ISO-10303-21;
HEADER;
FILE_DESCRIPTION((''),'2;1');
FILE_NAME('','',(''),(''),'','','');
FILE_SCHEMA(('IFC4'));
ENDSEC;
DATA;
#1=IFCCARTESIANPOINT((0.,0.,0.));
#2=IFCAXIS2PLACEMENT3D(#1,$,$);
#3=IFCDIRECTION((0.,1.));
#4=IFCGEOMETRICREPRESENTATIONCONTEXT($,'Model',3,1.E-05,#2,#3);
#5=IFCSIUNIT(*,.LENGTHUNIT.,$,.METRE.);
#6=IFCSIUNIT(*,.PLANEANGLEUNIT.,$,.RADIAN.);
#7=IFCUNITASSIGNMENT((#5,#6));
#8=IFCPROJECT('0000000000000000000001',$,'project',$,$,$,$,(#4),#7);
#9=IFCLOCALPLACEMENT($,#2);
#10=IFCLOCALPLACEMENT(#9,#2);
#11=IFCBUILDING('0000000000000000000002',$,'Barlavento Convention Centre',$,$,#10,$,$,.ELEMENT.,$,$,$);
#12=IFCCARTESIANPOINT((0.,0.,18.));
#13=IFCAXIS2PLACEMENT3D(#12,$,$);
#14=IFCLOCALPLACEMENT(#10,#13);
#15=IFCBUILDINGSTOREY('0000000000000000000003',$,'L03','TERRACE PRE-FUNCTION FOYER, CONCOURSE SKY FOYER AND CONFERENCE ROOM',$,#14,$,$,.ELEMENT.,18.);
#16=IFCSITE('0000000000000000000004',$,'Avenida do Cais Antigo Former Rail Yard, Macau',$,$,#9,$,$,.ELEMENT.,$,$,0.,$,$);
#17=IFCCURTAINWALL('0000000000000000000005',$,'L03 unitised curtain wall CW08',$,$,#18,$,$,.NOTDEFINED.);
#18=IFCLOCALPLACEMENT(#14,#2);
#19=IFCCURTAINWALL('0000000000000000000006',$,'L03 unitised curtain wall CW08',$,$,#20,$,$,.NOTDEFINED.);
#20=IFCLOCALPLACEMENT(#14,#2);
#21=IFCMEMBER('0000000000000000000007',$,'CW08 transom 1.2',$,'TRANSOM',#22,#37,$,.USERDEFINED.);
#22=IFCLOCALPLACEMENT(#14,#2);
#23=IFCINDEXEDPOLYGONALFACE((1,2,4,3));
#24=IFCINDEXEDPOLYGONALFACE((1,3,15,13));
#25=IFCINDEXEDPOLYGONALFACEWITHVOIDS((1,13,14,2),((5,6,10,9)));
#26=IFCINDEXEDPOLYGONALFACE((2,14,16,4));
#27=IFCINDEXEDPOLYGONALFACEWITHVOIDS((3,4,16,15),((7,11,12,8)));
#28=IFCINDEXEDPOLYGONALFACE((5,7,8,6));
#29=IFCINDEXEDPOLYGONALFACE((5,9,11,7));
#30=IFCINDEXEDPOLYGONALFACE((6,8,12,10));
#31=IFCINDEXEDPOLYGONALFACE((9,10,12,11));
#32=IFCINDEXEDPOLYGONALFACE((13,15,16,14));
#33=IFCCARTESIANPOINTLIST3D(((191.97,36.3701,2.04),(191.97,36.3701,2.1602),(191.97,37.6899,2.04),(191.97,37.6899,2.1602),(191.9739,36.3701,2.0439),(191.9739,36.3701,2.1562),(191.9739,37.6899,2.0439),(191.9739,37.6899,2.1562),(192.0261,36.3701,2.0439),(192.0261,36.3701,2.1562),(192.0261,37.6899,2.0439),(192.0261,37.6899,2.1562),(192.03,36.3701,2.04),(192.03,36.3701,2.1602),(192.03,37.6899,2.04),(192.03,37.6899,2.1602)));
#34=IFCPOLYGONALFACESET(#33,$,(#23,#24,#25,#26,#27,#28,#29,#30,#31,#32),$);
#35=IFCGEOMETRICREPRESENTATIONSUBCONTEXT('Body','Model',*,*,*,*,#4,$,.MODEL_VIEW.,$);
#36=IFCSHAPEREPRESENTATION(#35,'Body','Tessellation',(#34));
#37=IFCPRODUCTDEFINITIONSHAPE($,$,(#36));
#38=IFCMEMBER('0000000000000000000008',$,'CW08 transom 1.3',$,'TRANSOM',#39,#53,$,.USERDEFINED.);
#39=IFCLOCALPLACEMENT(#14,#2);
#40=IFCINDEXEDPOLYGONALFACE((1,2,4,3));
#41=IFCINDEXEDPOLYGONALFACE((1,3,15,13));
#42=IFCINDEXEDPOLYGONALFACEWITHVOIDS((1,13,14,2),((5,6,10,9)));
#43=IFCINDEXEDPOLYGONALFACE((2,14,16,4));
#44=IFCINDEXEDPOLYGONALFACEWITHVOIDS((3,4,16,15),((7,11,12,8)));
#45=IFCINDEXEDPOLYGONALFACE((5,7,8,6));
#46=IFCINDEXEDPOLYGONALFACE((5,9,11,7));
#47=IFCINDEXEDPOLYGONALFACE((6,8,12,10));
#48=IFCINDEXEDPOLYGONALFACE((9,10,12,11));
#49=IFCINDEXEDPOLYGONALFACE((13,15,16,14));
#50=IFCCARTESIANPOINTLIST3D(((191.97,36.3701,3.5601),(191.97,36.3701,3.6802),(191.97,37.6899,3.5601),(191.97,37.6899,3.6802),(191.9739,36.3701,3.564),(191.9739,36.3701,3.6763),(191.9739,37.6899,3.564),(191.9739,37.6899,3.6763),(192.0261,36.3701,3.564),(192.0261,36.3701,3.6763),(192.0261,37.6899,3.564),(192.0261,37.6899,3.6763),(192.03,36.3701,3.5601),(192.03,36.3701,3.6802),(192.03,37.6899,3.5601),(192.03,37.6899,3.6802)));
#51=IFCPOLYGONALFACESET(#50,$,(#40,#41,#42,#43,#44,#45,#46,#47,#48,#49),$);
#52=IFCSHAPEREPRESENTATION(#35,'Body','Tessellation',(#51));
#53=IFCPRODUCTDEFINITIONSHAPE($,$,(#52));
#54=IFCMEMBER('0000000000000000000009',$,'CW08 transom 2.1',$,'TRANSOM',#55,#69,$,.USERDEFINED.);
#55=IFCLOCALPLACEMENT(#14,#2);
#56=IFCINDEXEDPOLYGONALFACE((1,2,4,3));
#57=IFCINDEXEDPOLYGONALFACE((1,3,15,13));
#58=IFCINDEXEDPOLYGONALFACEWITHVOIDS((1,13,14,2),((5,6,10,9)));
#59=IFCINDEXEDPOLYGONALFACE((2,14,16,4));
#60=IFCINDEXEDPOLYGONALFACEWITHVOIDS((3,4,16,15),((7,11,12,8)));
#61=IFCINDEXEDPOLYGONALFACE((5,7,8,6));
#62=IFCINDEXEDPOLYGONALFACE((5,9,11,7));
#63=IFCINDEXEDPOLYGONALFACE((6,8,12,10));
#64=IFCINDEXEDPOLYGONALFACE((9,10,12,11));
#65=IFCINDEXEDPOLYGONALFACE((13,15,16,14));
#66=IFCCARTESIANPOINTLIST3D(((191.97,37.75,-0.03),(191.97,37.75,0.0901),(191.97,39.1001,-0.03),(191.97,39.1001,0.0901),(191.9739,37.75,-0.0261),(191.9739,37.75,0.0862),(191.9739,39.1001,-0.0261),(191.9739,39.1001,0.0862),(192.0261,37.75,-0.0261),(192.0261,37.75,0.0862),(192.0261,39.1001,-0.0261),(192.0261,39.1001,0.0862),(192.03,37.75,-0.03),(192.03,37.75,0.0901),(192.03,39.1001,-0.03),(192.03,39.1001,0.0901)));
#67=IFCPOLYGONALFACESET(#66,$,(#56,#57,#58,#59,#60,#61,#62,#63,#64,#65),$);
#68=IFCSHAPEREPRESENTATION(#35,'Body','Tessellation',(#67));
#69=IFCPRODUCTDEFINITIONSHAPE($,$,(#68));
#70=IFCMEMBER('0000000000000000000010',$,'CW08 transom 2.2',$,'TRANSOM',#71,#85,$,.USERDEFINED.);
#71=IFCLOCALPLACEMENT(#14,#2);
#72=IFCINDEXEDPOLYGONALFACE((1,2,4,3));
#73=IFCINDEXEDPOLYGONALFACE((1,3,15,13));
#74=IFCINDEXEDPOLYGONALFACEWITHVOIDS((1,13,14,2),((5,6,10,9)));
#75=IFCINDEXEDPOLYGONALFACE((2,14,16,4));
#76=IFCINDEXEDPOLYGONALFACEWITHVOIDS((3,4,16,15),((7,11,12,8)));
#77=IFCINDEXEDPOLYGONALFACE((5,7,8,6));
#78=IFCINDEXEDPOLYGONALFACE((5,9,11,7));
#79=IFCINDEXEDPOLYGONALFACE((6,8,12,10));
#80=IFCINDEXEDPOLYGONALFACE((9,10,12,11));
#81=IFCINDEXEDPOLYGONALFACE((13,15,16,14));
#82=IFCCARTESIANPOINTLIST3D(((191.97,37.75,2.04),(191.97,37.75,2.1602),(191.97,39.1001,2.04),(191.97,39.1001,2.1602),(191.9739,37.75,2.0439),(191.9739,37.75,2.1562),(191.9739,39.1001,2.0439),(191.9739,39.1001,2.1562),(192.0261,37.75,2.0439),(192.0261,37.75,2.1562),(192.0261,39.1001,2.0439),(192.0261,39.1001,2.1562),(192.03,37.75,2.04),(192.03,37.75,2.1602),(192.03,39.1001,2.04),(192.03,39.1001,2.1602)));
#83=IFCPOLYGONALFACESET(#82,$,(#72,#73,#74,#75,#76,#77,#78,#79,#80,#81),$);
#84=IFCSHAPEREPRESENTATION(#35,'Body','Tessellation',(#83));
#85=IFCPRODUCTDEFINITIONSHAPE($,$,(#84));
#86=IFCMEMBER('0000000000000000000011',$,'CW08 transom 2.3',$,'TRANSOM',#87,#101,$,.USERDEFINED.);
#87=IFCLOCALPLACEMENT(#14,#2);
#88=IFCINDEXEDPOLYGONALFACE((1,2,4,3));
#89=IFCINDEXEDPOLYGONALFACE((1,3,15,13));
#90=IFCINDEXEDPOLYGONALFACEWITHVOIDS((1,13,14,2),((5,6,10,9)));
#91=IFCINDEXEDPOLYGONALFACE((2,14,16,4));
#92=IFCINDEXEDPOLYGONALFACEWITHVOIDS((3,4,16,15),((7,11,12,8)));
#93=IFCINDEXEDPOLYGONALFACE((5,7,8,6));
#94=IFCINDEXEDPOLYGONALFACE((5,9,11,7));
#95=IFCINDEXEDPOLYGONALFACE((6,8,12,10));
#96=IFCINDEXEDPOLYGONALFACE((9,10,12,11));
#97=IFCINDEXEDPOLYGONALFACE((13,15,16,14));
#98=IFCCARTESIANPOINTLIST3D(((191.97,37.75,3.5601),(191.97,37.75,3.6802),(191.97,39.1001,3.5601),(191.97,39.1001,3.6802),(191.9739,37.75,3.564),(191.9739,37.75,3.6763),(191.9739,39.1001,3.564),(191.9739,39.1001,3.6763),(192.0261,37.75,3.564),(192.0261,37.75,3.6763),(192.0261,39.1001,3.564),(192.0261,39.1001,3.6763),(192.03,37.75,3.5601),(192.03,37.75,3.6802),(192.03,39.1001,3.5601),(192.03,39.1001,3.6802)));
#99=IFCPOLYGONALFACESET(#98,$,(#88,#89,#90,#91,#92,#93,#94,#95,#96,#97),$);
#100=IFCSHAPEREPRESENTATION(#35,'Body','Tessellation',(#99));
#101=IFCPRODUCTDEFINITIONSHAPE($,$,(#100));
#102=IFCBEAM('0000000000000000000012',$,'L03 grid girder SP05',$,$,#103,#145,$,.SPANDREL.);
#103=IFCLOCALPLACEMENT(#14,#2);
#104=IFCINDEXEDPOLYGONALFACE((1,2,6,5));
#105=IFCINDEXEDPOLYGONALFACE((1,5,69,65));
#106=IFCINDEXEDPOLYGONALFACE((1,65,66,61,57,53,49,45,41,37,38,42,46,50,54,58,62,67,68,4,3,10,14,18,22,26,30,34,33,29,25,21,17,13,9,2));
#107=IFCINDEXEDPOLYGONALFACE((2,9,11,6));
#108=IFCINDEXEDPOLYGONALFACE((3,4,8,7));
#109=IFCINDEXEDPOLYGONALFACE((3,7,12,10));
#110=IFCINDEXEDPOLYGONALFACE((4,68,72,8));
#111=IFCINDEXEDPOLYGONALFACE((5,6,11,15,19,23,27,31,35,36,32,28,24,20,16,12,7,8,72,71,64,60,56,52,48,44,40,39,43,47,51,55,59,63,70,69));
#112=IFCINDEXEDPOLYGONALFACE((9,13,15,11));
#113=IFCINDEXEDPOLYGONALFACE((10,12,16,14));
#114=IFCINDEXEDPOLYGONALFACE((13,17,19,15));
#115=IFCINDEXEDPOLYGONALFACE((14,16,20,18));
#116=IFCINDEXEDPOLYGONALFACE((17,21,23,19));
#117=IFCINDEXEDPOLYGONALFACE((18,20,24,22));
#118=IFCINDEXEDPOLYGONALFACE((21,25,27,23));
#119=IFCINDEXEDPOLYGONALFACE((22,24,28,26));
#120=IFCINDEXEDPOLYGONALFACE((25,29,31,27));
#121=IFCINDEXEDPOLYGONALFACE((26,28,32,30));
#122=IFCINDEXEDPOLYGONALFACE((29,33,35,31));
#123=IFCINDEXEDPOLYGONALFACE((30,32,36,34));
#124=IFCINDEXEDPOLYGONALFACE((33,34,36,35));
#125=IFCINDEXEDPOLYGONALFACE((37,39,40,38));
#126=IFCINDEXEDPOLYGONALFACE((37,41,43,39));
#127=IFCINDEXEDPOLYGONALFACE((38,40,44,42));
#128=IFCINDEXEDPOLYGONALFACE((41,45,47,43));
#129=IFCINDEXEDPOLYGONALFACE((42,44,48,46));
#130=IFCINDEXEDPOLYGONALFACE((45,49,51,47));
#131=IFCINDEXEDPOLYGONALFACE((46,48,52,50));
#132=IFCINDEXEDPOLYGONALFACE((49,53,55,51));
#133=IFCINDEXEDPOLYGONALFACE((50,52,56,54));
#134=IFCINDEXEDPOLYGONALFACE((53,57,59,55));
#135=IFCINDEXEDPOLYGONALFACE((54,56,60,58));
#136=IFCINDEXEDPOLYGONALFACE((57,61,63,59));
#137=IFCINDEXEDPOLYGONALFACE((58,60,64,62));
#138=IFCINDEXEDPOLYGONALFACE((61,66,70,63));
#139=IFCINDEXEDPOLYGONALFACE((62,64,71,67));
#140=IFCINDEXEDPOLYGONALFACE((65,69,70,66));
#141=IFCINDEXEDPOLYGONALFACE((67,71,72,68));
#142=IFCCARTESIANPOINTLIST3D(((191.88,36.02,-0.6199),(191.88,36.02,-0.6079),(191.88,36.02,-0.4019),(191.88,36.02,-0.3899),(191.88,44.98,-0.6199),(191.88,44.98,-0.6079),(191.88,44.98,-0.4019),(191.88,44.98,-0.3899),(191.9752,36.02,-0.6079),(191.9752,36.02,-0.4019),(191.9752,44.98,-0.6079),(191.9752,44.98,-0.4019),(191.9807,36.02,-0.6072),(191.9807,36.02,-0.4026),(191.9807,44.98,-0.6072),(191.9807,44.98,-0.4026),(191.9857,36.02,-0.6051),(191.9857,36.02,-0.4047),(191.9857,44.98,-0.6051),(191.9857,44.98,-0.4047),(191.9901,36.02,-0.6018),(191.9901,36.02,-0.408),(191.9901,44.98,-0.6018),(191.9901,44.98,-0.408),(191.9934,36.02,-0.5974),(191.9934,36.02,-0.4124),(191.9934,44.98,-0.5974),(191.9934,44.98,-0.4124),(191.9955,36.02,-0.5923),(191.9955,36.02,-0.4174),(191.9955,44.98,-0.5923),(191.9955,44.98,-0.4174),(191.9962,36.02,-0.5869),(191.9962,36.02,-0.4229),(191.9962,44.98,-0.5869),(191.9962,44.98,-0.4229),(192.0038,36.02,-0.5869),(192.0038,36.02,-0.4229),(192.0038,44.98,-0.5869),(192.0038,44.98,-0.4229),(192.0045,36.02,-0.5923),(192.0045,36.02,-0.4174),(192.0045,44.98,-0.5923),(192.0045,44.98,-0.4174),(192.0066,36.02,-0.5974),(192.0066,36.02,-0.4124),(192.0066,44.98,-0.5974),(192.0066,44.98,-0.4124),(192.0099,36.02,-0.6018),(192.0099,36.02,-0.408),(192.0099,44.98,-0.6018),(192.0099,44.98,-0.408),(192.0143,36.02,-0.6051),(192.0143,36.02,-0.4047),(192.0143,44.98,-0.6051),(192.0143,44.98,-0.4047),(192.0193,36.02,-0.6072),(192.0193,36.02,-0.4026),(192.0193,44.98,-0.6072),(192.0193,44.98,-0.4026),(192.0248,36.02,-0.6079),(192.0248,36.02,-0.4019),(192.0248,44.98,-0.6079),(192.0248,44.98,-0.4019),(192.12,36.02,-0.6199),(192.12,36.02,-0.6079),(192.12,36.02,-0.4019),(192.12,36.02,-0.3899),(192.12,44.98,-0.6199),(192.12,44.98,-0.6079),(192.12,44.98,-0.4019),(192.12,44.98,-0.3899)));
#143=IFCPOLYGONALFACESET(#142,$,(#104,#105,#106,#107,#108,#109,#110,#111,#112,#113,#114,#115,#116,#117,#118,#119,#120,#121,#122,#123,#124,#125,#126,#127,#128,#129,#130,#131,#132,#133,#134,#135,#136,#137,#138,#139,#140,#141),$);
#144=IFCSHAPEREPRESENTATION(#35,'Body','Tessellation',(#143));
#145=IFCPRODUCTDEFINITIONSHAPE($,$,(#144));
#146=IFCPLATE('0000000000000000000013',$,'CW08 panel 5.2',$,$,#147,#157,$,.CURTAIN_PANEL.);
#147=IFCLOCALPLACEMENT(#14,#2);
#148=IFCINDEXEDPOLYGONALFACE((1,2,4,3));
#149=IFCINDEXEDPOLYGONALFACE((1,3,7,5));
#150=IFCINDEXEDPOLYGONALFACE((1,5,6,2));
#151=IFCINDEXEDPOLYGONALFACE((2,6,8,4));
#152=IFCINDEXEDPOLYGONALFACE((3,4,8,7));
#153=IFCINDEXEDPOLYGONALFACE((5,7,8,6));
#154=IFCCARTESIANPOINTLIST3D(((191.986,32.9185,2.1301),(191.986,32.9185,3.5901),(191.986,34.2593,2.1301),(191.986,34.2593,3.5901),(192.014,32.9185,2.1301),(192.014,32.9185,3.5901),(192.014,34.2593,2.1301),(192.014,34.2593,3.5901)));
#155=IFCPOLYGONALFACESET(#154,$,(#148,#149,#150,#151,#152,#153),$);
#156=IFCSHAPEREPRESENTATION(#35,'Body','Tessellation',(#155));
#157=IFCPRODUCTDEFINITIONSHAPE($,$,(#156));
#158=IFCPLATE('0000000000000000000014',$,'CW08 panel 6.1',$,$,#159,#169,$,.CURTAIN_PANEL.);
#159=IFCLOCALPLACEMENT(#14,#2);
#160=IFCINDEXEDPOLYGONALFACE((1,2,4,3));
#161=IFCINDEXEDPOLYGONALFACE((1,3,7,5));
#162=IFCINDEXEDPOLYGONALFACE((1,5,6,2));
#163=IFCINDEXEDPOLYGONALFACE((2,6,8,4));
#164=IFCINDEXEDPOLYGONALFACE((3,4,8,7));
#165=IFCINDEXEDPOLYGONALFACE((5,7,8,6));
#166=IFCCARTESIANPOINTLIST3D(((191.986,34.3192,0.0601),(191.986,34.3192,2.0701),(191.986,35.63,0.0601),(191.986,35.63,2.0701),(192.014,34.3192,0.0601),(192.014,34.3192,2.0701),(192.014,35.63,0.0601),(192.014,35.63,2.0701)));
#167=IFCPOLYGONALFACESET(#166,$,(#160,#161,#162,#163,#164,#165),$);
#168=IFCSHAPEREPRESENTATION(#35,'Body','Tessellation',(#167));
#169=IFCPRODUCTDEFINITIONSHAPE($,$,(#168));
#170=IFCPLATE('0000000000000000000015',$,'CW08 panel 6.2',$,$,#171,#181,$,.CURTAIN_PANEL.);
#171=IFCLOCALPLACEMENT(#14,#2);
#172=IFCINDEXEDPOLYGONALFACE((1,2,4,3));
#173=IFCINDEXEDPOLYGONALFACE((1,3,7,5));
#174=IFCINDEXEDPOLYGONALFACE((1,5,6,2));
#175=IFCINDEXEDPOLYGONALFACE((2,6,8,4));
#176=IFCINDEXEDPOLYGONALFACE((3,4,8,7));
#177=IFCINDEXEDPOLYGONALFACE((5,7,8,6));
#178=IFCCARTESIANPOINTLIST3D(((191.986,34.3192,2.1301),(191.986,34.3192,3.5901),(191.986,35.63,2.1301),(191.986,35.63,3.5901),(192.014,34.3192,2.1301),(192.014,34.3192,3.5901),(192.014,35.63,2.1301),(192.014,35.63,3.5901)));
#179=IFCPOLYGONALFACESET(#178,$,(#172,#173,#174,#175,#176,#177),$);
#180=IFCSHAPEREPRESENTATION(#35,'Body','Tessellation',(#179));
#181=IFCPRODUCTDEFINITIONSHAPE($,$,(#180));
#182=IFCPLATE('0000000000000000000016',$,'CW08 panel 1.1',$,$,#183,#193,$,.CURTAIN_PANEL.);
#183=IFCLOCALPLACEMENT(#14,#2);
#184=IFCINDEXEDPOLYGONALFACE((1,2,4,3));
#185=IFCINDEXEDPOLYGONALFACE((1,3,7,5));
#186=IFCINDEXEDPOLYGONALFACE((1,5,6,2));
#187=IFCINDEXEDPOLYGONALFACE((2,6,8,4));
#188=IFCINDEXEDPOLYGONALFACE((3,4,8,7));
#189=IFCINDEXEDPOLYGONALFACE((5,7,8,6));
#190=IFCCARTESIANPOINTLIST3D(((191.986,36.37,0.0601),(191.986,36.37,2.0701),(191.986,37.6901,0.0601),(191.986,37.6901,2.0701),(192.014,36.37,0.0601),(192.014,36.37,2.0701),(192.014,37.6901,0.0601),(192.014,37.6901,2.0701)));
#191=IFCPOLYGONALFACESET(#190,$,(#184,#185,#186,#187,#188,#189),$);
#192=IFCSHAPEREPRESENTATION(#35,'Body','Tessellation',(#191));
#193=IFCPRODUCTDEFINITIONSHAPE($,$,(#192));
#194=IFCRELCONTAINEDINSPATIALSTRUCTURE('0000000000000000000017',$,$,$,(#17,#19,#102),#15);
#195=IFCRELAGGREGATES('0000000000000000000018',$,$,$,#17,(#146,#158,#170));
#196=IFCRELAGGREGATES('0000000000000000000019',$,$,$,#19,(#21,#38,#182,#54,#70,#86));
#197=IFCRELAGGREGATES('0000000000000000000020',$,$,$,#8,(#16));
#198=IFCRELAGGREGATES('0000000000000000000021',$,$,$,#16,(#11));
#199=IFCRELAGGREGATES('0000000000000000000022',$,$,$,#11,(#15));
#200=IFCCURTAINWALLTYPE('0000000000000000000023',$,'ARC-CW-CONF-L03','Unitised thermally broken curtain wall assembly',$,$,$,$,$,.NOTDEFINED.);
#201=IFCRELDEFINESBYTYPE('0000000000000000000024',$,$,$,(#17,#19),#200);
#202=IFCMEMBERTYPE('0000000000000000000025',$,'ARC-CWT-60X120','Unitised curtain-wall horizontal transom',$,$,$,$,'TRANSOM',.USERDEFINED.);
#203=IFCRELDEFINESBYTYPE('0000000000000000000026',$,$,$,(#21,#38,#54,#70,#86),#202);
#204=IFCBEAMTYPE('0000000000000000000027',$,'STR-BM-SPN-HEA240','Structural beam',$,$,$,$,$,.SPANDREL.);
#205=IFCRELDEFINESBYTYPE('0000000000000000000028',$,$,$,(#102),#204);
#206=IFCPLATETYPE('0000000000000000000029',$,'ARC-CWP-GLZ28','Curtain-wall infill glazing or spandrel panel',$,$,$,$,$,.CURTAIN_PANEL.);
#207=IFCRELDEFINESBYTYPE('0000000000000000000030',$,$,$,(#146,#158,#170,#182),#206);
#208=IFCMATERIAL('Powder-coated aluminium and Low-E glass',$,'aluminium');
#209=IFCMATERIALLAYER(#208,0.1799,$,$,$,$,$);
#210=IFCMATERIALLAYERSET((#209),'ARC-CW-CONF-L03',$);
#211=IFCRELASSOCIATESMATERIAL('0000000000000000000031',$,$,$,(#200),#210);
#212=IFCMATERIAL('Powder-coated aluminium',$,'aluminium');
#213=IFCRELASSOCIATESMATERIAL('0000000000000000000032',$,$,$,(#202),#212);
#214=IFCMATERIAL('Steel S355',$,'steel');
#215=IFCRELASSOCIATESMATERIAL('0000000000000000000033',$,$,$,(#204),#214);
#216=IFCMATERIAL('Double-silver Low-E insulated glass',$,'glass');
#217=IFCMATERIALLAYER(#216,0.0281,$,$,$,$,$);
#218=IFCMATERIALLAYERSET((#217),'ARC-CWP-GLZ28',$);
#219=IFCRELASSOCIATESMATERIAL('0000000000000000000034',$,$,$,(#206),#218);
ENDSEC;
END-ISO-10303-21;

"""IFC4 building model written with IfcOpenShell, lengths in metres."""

from ifc_helpers import new_model, si_unit, direction, frame, origin, origin_2d, place, context, subcontext, project, spatial, rectangle, hollow_rectangle, i_section, extrude, material, layer, layer_set, material_profile, profile_set, type_object, element, aggregate, save


model = new_model("IFC4")

# Units and contexts
model_context = context("Model", 3, precision=1e-05, world=origin(), true_north=direction((0.0, 1.0)))
body_context = subcontext(model_context, "Body", "Model", "MODEL_VIEW")
ifc_project = project(units=[si_unit("LENGTHUNIT", "METRE"), si_unit("PLANEANGLEUNIT", "RADIAN")], contexts=[model_context])

# Site, building, storey
site_placement = place(None, origin())
site = spatial("IfcSite", under=ifc_project, at=site_placement, Name="Avenida do Cais Antigo Former Rail Yard, Macau", CompositionType="ELEMENT", RefElevation=0.0)
building_placement = place(site_placement, origin())
building = spatial("IfcBuilding", under=site, at=building_placement, Name="Barlavento Convention Centre", CompositionType="ELEMENT")
storey_placement = place(building_placement, frame((0.0, 0.0, 18.0)))
storey = spatial("IfcBuildingStorey", under=building, at=storey_placement, Name="L03", Description="TERRACE PRE-FUNCTION FOYER, CONCOURSE SKY FOYER AND CONFERENCE ROOM", CompositionType="ELEMENT", Elevation=18.0)

# Shared definitions
ifc_material_1 = material(Name="Steel S355", Category="steel")

# Curtain walls
ifc_material_2 = material(Name="Powder-coated aluminium and Low-E glass", Category="aluminium")
ifc_layer_1 = layer(ifc_material_2, 0.1799)
ifc_layer_set_1 = layer_set([ifc_layer_1], Name="ARC-CW-CONF-L03")
curtain_wall_type = type_object("IfcCurtainWallType", Name="ARC-CW-CONF-L03", Description="Unitised thermally broken curtain wall assembly", PredefinedType="NOTDEFINED", material=ifc_layer_set_1)
curtain_wall_1_placement = place(storey_placement, origin())
curtain_wall_1 = element("IfcCurtainWall", 1, at=curtain_wall_1_placement, inside=storey, type_object=curtain_wall_type, Name="L03 unitised curtain wall CW08", PredefinedType="NOTDEFINED")
ifc_material_3 = material(Name="Powder-coated aluminium", Category="aluminium")
curtain_wall_2_placement = place(storey_placement, origin())
curtain_wall_2 = element("IfcCurtainWall", 2, at=curtain_wall_2_placement, inside=storey, type_object=curtain_wall_type, Name="L03 unitised curtain wall CW08", PredefinedType="NOTDEFINED")

# Members
ifc_material_profile_1 = material_profile(ifc_material_3, hollow_rectangle(XDim=0.0601, YDim=0.1201, WallThickness=0.0039, at=origin_2d()), Name="AL-TRAN 60x120x4")
ifc_profile_set_1 = profile_set([ifc_material_profile_1], Name="Powder-coated aluminium")
member_type_1 = type_object("IfcMemberType", Name="ARC-CWT-60X120", Description="Unitised curtain-wall horizontal transom", ElementType="TRANSOM", PredefinedType="USERDEFINED", material=ifc_profile_set_1)
member_1_placement = place(storey_placement, frame((192.0, 36.3701, 2.1001), z_axis=(0.0, 1.0, 0.0), x_axis=(-1.0, 0.0, 0.0)))
member_1 = element("IfcMember", 3, at=member_1_placement, type_object=member_type_1, Name="CW08 transom 1.2", ObjectType="TRANSOM", PredefinedType="USERDEFINED", context=body_context, shape_type="SweptSolid", body=[
    extrude(hollow_rectangle(XDim=0.0601, YDim=0.1201, WallThickness=0.0039, at=origin_2d()), origin(), (0.0, 0.0, 1.0), 1.3198),
])
member_2_placement = place(storey_placement, frame((192.0, 36.3701, 3.6201), z_axis=(0.0, 1.0, 0.0), x_axis=(-1.0, 0.0, 0.0)))
member_2 = element("IfcMember", 4, at=member_2_placement, type_object=member_type_1, Name="CW08 transom 1.3", ObjectType="TRANSOM", PredefinedType="USERDEFINED", context=body_context, shape_type="SweptSolid", body=[
    extrude(hollow_rectangle(XDim=0.0601, YDim=0.1201, WallThickness=0.0039, at=origin_2d()), origin(), (0.0, 0.0, 1.0), 1.3198),
])
member_3_placement = place(storey_placement, frame((192.0, 37.75, 0.03), z_axis=(0.0, 1.0, 0.0), x_axis=(-1.0, 0.0, 0.0)))
member_3 = element("IfcMember", 5, at=member_3_placement, type_object=member_type_1, Name="CW08 transom 2.1", ObjectType="TRANSOM", PredefinedType="USERDEFINED", context=body_context, shape_type="SweptSolid", body=[
    extrude(hollow_rectangle(XDim=0.0601, YDim=0.1201, WallThickness=0.0039, at=origin_2d()), origin(), (0.0, 0.0, 1.0), 1.3501),
])
member_4_placement = place(storey_placement, frame((192.0, 37.75, 2.1001), z_axis=(0.0, 1.0, 0.0), x_axis=(-1.0, 0.0, 0.0)))
member_4 = element("IfcMember", 6, at=member_4_placement, type_object=member_type_1, Name="CW08 transom 2.2", ObjectType="TRANSOM", PredefinedType="USERDEFINED", context=body_context, shape_type="SweptSolid", body=[
    extrude(hollow_rectangle(XDim=0.0601, YDim=0.1201, WallThickness=0.0039, at=origin_2d()), origin(), (0.0, 0.0, 1.0), 1.3501),
])
member_5_placement = place(storey_placement, frame((192.0, 37.75, 3.6201), z_axis=(0.0, 1.0, 0.0), x_axis=(-1.0, 0.0, 0.0)))
member_5 = element("IfcMember", 7, at=member_5_placement, type_object=member_type_1, Name="CW08 transom 2.3", ObjectType="TRANSOM", PredefinedType="USERDEFINED", context=body_context, shape_type="SweptSolid", body=[
    extrude(hollow_rectangle(XDim=0.0601, YDim=0.1201, WallThickness=0.0039, at=origin_2d()), origin(), (0.0, 0.0, 1.0), 1.3501),
])

# Beam
ifc_material_profile_2 = material_profile(ifc_material_1, i_section(OverallWidth=0.24, OverallDepth=0.23, WebThickness=0.0076, FlangeThickness=0.012, FilletRadius=0.021, at=origin_2d()), Name="HEA 240")
ifc_profile_set_2 = profile_set([ifc_material_profile_2], Name="Steel S355")
beam_type = type_object("IfcBeamType", Name="STR-BM-SPN-HEA240", Description="Structural beam", PredefinedType="SPANDREL", material=ifc_profile_set_2)
beam_placement = place(storey_placement, frame((192.0, 36.02, -0.5049), z_axis=(0.0, 1.0, 0.0), x_axis=(-1.0, 0.0, 0.0)))
element("IfcBeam", 8, at=beam_placement, inside=storey, type_object=beam_type, Name="L03 grid girder SP05", PredefinedType="SPANDREL", context=body_context, shape_type="SweptSolid", body=[
    extrude(i_section(OverallWidth=0.24, OverallDepth=0.23, WebThickness=0.0076, FlangeThickness=0.012, FilletRadius=0.021, at=origin_2d()), origin(), (0.0, 0.0, 1.0), 8.96),
])

# Plates
ifc_material_4 = material(Name="Double-silver Low-E insulated glass", Category="glass")
ifc_layer_2 = layer(ifc_material_4, 0.0281)
ifc_layer_set_2 = layer_set([ifc_layer_2], Name="ARC-CWP-GLZ28")
plate_type = type_object("IfcPlateType", Name="ARC-CWP-GLZ28", Description="Curtain-wall infill glazing or spandrel panel", PredefinedType="CURTAIN_PANEL", material=ifc_layer_set_2)
plate_1_placement = place(storey_placement, frame((192.0, 33.5889, 2.1301), z_axis=(0.0, 0.0, 1.0), x_axis=(0.0, 1.0, 0.0)))
plate_1 = element("IfcPlate", 9, at=plate_1_placement, type_object=plate_type, Name="CW08 panel 5.2", PredefinedType="CURTAIN_PANEL", context=body_context, shape_type="SweptSolid", body=[
    extrude(rectangle(XDim=1.3408, YDim=0.0281, at=origin_2d()), origin(), (0.0, 0.0, 1.0), 1.46),
])
plate_2_placement = place(storey_placement, frame((192.0, 34.9746, 0.0601), z_axis=(0.0, 0.0, 1.0), x_axis=(0.0, 1.0, 0.0)))
plate_2 = element("IfcPlate", 10, at=plate_2_placement, type_object=plate_type, Name="CW08 panel 6.1", PredefinedType="CURTAIN_PANEL", context=body_context, shape_type="SweptSolid", body=[
    extrude(rectangle(XDim=1.3108, YDim=0.0281, at=origin_2d()), origin(), (0.0, 0.0, 1.0), 2.01),
])
plate_3_placement = place(storey_placement, frame((192.0, 34.9746, 2.1301), z_axis=(0.0, 0.0, 1.0), x_axis=(0.0, 1.0, 0.0)))
plate_3 = element("IfcPlate", 11, at=plate_3_placement, type_object=plate_type, Name="CW08 panel 6.2", PredefinedType="CURTAIN_PANEL", context=body_context, shape_type="SweptSolid", body=[
    extrude(rectangle(XDim=1.3108, YDim=0.0281, at=origin_2d()), origin(), (0.0, 0.0, 1.0), 1.46),
])
aggregate(curtain_wall_1, [plate_1, plate_2, plate_3])
plate_4_placement = place(storey_placement, frame((192.0, 37.03, 0.0601), z_axis=(0.0, 0.0, 1.0), x_axis=(0.0, 1.0, 0.0)))
plate_4 = element("IfcPlate", 12, at=plate_4_placement, type_object=plate_type, Name="CW08 panel 1.1", PredefinedType="CURTAIN_PANEL", context=body_context, shape_type="SweptSolid", body=[
    extrude(rectangle(XDim=1.3201, YDim=0.0281, at=origin_2d()), origin(), (0.0, 0.0, 1.0), 2.01),
])
aggregate(curtain_wall_2, [member_1, member_2, plate_4, member_3, member_4, member_5])

save(model, "model.ifc")
